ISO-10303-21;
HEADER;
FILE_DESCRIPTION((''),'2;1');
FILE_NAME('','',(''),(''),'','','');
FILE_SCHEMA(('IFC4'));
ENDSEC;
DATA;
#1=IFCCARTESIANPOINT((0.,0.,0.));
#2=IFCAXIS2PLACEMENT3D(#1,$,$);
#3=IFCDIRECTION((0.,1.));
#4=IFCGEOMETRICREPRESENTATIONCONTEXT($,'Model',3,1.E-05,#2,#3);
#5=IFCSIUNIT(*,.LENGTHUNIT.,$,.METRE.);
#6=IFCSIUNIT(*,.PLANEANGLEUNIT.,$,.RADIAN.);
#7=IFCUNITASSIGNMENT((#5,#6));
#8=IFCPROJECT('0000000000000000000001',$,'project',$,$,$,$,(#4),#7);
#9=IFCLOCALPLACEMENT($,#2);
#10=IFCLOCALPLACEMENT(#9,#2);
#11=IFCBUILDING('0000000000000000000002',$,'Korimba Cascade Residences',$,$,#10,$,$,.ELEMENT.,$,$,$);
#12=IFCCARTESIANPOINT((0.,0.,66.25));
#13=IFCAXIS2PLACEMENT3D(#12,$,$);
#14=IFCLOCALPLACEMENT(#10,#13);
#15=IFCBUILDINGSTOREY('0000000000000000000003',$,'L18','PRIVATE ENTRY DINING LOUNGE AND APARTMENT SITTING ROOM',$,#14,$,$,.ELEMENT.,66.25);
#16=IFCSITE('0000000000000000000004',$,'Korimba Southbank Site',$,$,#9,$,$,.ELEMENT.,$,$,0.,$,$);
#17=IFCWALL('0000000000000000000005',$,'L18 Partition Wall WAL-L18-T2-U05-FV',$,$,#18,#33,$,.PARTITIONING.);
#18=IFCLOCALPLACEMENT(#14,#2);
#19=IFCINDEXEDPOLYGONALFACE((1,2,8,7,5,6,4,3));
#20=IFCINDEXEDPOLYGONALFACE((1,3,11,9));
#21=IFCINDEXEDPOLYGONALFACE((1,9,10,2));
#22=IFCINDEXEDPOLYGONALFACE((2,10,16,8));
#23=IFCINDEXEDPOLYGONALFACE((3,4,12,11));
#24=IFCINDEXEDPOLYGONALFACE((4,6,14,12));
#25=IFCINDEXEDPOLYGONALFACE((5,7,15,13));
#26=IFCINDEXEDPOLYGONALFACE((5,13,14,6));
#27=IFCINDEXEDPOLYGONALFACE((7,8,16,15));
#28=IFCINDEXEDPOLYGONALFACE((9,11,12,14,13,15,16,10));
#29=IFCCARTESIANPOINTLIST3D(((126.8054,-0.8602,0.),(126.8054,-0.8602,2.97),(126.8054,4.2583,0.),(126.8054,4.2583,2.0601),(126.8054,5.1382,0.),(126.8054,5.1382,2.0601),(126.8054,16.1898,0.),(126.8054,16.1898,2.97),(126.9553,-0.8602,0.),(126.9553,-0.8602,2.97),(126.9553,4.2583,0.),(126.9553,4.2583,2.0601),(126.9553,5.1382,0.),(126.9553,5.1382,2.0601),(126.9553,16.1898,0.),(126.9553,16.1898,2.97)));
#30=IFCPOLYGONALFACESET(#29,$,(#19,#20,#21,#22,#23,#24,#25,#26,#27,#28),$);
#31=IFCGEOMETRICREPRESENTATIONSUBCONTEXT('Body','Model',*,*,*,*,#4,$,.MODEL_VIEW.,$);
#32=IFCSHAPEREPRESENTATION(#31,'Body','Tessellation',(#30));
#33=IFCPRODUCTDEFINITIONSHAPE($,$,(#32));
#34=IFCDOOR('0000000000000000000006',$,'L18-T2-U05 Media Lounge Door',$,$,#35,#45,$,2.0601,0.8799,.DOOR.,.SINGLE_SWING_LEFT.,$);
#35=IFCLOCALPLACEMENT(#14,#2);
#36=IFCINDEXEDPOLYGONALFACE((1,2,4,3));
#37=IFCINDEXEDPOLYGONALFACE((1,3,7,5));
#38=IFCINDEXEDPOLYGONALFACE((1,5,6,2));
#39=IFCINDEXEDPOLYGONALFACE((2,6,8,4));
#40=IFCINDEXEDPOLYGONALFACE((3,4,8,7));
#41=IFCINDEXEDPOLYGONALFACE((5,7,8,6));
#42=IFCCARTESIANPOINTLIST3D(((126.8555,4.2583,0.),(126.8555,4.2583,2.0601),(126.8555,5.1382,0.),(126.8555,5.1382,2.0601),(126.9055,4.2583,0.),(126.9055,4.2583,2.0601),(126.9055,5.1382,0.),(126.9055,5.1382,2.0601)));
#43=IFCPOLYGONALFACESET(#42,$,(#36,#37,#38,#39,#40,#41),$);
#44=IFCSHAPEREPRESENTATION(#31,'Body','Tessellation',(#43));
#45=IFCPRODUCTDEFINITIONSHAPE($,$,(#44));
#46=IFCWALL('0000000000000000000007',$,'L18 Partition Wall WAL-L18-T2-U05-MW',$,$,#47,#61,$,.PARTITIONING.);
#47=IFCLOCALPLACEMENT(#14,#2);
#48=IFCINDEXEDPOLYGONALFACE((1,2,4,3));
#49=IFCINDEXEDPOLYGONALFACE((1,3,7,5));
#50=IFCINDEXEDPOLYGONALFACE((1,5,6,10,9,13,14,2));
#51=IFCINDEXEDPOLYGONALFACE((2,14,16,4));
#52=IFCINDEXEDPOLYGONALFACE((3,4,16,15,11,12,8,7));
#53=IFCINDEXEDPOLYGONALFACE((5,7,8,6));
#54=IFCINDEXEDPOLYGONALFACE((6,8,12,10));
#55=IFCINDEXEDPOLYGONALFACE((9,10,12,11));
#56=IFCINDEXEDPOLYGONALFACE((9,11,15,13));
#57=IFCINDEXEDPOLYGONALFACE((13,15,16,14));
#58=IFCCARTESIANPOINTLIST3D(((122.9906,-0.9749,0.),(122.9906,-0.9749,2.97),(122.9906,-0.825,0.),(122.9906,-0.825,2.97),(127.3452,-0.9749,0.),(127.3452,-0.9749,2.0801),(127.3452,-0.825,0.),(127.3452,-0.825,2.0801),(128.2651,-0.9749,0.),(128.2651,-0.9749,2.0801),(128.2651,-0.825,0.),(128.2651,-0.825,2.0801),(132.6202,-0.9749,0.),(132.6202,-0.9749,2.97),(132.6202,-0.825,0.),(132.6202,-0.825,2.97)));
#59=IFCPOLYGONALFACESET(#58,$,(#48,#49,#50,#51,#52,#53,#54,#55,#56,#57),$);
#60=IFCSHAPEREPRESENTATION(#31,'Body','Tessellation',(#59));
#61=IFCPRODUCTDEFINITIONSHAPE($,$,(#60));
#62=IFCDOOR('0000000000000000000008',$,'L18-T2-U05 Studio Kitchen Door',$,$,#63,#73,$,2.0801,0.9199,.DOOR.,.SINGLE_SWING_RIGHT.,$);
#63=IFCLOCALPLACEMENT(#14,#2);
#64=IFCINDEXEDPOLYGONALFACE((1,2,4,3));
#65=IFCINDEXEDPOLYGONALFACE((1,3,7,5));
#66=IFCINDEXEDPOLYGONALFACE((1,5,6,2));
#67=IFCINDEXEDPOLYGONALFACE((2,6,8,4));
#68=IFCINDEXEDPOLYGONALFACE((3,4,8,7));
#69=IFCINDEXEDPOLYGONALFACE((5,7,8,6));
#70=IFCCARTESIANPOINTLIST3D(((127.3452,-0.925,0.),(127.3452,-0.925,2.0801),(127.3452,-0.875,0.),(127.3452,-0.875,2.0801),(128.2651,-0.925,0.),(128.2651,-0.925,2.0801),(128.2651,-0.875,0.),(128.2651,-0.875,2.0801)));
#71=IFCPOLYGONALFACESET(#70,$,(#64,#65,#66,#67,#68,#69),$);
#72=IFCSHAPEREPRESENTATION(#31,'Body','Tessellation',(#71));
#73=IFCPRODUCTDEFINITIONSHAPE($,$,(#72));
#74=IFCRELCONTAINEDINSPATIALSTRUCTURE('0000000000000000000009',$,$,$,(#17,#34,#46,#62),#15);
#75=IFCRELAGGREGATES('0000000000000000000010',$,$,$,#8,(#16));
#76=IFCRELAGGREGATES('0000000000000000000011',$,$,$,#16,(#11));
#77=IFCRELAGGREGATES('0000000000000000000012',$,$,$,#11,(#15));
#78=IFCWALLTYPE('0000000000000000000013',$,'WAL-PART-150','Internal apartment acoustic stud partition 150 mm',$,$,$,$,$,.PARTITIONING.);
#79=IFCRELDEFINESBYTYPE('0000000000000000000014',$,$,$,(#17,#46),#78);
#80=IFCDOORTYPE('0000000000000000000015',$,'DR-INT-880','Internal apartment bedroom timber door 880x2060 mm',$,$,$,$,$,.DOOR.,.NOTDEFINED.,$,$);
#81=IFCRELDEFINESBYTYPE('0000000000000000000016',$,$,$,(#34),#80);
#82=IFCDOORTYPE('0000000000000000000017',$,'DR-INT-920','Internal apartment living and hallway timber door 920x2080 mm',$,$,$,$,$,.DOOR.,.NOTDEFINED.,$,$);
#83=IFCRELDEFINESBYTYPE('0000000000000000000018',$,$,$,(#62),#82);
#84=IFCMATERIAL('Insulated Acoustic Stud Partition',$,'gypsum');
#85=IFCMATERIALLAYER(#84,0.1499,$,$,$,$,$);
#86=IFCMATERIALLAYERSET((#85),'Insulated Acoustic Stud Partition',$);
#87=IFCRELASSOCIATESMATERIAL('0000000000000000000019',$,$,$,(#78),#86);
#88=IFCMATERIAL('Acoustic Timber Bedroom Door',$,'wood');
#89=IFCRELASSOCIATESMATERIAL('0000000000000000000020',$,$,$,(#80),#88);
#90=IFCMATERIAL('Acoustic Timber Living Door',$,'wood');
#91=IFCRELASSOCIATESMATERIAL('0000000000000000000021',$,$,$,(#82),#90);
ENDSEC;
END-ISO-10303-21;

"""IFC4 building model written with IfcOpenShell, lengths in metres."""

from ifc_helpers import new_model, si_unit, direction, frame, frame_2d, origin, place, context, subcontext, project, spatial, rectangle, extrude, material, layer, layer_set, type_object, element, fill, save


model = new_model("IFC4")

# Units and contexts
model_context = context("Model", 3, precision=1e-05, world=origin(), true_north=direction((0.0, 1.0)))
body_context = subcontext(model_context, "Body", "Model", "MODEL_VIEW")
ifc_project = project(units=[si_unit("LENGTHUNIT", "METRE"), si_unit("PLANEANGLEUNIT", "RADIAN")], contexts=[model_context])

# Site, building, storey
site_placement = place(None, origin())
site = spatial("IfcSite", under=ifc_project, at=site_placement, Name="Korimba Southbank Site", CompositionType="ELEMENT", RefElevation=0.0)
building_placement = place(site_placement, origin())
building = spatial("IfcBuilding", under=site, at=building_placement, Name="Korimba Cascade Residences", CompositionType="ELEMENT")
storey_placement = place(building_placement, frame((0.0, 0.0, 66.25)))
storey = spatial("IfcBuildingStorey", under=building, at=storey_placement, Name="L18", Description="PRIVATE ENTRY DINING LOUNGE AND APARTMENT SITTING ROOM", CompositionType="ELEMENT", Elevation=66.25)

# Shared definitions
ifc_material_1 = material(Name="Insulated Acoustic Stud Partition", Category="gypsum")
ifc_layer = layer(ifc_material_1, 0.1499)
ifc_layer_set = layer_set([ifc_layer], Name="Insulated Acoustic Stud Partition")
wall_type = type_object("IfcWallType", Name="WAL-PART-150", Description="Internal apartment acoustic stud partition 150 mm", PredefinedType="PARTITIONING", material=ifc_layer_set)

# Walls, openings, doors
wall_1_placement = place(storey_placement, frame((126.8804, -0.8601, 0.0), z_axis=(0.0, 0.0, 1.0), x_axis=(0.0, 1.0, 0.0)))
wall_1 = element("IfcWall", 1, at=wall_1_placement, inside=storey, type_object=wall_type, Name="L18 Partition Wall WAL-L18-T2-U05-FV", PredefinedType="PARTITIONING", context=body_context, shape_type="SweptSolid", body=[
    extrude(rectangle(XDim=17.05, YDim=0.1499, at=frame_2d((8.5249, 0.0))), origin(), (0.0, 0.0, 1.0), 2.97),
])
opening_1_placement = place(wall_1_placement, frame((5.1184, 0.0, 0.0)))
opening_1 = element("IfcOpeningElement", 2, at=opening_1_placement, cuts=wall_1, PredefinedType="OPENING", context=body_context, shape_type="SweptSolid", body=[
    extrude(rectangle(XDim=0.8799, YDim=2.0601, at=frame_2d((0.4399, 1.03))), frame((0.0, 0.085, 0.0), z_axis=(0.0, -1.0, 0.0), x_axis=(1.0, 0.0, 0.0)), (0.0, 0.0, 1.0), 0.1699),
])
ifc_material_2 = material(Name="Acoustic Timber Bedroom Door", Category="wood")
door_type_1 = type_object("IfcDoorType", Name="DR-INT-880", Description="Internal apartment bedroom timber door 880x2060 mm", OperationType="NOTDEFINED", PredefinedType="DOOR", material=ifc_material_2)
door_1_placement = place(opening_1_placement, origin())
door_1 = element("IfcDoor", 3, at=door_1_placement, inside=storey, type_object=door_type_1, Name="L18-T2-U05 Media Lounge Door", OperationType="SINGLE_SWING_LEFT", OverallHeight=2.0601, OverallWidth=0.8799, PredefinedType="DOOR", context=body_context, shape_type="SweptSolid", body=[
    extrude(rectangle(XDim=0.8799, YDim=2.0601, at=frame_2d((0.4399, 1.03))), frame((0.0, 0.0249, 0.0), z_axis=(0.0, -1.0, 0.0), x_axis=(1.0, 0.0, 0.0)), (0.0, 0.0, 1.0), 0.05),
])
fill(opening_1, door_1)
wall_2_placement = place(storey_placement, frame((122.9905, -0.8999, 0.0), z_axis=(0.0, 0.0, 1.0), x_axis=(1.0, 0.0, 0.0)))
wall_2 = element("IfcWall", 4, at=wall_2_placement, inside=storey, type_object=wall_type, Name="L18 Partition Wall WAL-L18-T2-U05-MW", PredefinedType="PARTITIONING", context=body_context, shape_type="SweptSolid", body=[
    extrude(rectangle(XDim=9.6296, YDim=0.1499, at=frame_2d((4.8149, 0.0))), origin(), (0.0, 0.0, 1.0), 2.97),
])
opening_2_placement = place(wall_2_placement, frame((4.3547, 0.0, 0.0)))
opening_2 = element("IfcOpeningElement", 5, at=opening_2_placement, cuts=wall_2, PredefinedType="OPENING", context=body_context, shape_type="SweptSolid", body=[
    extrude(rectangle(XDim=0.9199, YDim=2.0801, at=frame_2d((0.46, 1.04))), frame((0.0, 0.085, 0.0), z_axis=(0.0, -1.0, 0.0), x_axis=(1.0, 0.0, 0.0)), (0.0, 0.0, 1.0), 0.1699),
])
ifc_material_3 = material(Name="Acoustic Timber Living Door", Category="wood")
door_type_2 = type_object("IfcDoorType", Name="DR-INT-920", Description="Internal apartment living and hallway timber door 920x2080 mm", OperationType="NOTDEFINED", PredefinedType="DOOR", material=ifc_material_3)
door_2_placement = place(opening_2_placement, origin())
door_2 = element("IfcDoor", 6, at=door_2_placement, inside=storey, type_object=door_type_2, Name="L18-T2-U05 Studio Kitchen Door", OperationType="SINGLE_SWING_RIGHT", OverallHeight=2.0801, OverallWidth=0.9199, PredefinedType="DOOR", context=body_context, shape_type="SweptSolid", body=[
    extrude(rectangle(XDim=0.9199, YDim=2.0801, at=frame_2d((0.46, 1.04))), frame((0.0, 0.0249, 0.0), z_axis=(0.0, -1.0, 0.0), x_axis=(1.0, 0.0, 0.0)), (0.0, 0.0, 1.0), 0.05),
])
fill(opening_2, door_2)

save(model, "model.ifc")
